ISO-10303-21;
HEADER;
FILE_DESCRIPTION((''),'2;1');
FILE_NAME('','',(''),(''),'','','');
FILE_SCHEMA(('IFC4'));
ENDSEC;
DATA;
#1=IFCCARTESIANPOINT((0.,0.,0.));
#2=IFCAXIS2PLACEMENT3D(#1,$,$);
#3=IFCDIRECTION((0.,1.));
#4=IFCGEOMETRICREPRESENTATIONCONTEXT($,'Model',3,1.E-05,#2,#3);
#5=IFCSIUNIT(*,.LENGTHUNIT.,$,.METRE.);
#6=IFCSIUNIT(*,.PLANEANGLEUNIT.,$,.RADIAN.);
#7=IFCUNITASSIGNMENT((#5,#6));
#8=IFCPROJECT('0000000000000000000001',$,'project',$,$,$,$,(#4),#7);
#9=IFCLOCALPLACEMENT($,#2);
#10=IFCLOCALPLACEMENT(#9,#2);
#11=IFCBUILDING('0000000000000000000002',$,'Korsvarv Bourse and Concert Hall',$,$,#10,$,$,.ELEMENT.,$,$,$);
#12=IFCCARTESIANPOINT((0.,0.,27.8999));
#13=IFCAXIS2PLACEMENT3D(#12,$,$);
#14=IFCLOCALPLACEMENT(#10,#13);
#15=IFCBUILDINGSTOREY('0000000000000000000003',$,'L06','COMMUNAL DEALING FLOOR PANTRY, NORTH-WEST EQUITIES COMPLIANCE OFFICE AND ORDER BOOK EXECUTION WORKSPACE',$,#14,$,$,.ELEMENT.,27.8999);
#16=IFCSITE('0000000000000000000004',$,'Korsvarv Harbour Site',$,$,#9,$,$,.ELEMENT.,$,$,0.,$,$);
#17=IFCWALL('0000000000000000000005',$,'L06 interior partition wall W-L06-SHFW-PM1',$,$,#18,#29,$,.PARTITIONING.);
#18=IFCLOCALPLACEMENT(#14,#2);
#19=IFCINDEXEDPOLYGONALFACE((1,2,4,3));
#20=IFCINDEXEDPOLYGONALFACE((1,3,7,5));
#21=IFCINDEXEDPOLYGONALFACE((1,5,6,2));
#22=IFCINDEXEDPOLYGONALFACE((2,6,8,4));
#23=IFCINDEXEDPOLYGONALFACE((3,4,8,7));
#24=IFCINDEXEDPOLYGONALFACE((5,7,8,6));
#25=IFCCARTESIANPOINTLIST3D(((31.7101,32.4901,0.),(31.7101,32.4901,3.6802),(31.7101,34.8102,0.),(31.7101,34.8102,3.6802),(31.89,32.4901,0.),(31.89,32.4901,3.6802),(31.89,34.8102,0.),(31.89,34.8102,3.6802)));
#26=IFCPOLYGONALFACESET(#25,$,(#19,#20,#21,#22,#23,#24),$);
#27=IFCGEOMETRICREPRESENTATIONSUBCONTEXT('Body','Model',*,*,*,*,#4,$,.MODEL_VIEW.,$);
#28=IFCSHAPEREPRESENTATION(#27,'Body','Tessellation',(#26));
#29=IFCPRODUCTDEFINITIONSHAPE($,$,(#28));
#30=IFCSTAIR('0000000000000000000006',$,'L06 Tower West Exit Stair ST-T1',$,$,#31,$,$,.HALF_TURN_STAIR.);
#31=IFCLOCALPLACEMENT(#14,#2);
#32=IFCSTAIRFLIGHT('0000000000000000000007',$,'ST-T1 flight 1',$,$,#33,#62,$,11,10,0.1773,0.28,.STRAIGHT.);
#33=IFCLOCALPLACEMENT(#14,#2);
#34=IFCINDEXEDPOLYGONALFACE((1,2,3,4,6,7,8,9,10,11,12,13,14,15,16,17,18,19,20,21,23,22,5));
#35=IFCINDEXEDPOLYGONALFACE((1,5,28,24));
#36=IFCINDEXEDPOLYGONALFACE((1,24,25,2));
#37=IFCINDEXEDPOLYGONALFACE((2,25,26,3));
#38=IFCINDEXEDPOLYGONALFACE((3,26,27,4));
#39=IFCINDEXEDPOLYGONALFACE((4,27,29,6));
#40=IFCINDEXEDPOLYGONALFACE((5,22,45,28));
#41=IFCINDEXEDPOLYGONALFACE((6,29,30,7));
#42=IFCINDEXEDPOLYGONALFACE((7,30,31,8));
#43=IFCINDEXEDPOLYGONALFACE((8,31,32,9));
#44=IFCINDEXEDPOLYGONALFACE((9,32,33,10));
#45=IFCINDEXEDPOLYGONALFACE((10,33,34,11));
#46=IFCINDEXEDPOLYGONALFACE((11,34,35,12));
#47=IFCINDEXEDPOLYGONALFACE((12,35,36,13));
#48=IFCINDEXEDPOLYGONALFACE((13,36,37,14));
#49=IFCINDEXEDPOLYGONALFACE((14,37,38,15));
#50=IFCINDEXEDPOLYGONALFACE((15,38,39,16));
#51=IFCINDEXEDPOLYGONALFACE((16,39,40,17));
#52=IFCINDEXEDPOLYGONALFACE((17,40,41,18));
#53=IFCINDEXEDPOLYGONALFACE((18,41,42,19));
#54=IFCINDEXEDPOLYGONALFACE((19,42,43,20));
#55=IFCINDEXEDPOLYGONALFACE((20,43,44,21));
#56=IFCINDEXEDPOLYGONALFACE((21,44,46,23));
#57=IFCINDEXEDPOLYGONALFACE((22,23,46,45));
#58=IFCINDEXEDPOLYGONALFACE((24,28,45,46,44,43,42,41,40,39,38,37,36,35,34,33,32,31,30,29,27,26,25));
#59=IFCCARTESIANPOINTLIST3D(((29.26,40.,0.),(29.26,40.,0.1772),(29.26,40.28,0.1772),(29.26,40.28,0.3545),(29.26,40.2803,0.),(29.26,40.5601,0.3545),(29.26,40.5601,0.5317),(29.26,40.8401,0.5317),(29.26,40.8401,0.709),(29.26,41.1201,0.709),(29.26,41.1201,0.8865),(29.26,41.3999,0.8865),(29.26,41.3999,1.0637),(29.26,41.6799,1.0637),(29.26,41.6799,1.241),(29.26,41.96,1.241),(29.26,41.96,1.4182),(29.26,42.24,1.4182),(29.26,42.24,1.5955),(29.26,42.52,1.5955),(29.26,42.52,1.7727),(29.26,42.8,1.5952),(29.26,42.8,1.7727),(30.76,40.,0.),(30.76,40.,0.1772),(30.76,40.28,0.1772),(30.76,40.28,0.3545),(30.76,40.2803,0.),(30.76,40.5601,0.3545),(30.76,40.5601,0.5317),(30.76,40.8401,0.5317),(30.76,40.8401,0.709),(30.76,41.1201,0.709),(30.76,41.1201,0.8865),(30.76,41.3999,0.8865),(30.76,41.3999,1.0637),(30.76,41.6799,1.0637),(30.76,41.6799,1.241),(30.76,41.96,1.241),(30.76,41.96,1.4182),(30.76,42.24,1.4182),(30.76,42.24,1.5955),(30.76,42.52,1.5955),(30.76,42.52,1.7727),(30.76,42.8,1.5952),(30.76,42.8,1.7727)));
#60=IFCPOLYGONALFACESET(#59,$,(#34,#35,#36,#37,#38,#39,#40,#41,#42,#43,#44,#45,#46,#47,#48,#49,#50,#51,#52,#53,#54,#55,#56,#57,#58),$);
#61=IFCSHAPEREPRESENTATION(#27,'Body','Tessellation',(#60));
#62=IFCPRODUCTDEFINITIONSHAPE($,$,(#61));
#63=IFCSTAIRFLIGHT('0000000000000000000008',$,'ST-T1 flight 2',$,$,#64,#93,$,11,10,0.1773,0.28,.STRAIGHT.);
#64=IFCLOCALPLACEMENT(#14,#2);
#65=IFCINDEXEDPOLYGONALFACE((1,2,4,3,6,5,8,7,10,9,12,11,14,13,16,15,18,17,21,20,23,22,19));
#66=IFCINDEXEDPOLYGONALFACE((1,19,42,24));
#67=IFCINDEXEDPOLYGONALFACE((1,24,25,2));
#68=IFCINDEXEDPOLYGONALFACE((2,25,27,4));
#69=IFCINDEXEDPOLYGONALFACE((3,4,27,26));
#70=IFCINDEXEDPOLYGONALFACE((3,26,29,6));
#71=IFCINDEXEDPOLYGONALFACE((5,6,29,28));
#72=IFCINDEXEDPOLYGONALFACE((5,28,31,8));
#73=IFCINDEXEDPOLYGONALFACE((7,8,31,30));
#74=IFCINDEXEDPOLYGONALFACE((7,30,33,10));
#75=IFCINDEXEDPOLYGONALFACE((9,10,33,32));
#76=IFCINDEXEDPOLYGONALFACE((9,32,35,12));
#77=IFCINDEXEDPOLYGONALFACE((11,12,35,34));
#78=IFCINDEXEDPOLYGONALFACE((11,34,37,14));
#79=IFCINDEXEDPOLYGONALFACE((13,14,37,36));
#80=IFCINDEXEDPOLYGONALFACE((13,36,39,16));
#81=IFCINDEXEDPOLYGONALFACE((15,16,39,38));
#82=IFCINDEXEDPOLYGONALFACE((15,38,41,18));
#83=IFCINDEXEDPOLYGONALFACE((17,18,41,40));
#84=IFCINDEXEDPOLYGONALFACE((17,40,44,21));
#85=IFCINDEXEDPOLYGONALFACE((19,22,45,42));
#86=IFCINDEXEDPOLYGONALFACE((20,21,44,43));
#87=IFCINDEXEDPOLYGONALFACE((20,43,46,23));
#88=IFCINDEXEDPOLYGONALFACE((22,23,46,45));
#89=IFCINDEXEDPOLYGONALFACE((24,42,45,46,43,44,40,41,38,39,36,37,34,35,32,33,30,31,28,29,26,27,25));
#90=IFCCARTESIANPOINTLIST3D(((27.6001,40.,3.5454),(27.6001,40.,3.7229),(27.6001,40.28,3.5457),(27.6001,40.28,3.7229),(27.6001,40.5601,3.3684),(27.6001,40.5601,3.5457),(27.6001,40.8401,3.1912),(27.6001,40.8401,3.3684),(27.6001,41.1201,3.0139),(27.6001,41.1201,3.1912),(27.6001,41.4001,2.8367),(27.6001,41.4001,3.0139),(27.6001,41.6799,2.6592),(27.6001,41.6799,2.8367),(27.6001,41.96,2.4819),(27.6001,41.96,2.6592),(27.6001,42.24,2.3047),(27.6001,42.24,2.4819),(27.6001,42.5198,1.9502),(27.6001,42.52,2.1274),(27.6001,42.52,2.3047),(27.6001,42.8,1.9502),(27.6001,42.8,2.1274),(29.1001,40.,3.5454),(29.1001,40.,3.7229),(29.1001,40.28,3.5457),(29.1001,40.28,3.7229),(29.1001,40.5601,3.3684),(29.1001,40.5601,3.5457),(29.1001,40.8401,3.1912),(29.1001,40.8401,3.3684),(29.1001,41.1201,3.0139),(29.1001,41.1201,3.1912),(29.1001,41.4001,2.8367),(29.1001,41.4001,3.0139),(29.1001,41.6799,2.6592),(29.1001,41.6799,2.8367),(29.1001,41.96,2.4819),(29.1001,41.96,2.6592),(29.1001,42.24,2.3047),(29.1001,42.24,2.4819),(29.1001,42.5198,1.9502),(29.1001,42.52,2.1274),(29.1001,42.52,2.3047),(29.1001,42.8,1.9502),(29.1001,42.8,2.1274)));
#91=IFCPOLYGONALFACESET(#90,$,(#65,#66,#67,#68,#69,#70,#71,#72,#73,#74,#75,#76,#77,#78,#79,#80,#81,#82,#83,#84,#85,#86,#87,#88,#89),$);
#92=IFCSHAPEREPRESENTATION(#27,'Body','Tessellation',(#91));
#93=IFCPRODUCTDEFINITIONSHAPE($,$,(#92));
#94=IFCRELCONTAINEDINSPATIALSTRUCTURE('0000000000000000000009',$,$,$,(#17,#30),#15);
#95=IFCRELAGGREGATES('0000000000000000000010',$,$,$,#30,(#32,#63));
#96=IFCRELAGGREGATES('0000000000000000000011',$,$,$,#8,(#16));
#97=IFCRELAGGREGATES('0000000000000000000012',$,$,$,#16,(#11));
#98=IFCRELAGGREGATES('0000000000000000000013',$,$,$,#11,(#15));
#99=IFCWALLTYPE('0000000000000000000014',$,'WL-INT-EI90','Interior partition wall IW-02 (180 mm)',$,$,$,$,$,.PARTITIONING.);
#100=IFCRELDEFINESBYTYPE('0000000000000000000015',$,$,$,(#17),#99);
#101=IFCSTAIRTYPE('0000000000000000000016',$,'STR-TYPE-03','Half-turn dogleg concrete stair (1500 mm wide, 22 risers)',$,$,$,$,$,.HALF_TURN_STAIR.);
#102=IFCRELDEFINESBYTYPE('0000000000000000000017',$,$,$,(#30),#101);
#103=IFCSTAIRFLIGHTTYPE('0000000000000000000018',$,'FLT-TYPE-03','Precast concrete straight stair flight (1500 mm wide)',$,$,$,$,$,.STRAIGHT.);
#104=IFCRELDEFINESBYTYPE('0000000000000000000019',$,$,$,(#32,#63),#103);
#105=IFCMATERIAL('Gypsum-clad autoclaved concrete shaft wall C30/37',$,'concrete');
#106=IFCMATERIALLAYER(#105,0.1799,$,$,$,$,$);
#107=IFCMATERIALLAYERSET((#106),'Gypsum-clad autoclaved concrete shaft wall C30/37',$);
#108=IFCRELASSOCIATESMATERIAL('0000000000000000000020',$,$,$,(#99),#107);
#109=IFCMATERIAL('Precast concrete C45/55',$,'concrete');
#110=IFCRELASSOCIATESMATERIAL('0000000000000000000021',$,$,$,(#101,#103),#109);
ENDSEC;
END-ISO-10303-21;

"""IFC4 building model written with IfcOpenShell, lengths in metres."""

from ifc_helpers import new_model, si_unit, direction, frame, frame_2d, origin, place, context, subcontext, project, spatial, polyline, rectangle, outline, extrude, material, layer, layer_set, type_object, element, aggregate, save


model = new_model("IFC4")

# Units and contexts
model_context = context("Model", 3, precision=1e-05, world=origin(), true_north=direction((0.0, 1.0)))
body_context = subcontext(model_context, "Body", "Model", "MODEL_VIEW")
ifc_project = project(units=[si_unit("LENGTHUNIT", "METRE"), si_unit("PLANEANGLEUNIT", "RADIAN")], contexts=[model_context])

# Site, building, storey
site_placement = place(None, origin())
site = spatial("IfcSite", under=ifc_project, at=site_placement, Name="Korsvarv Harbour Site", CompositionType="ELEMENT", RefElevation=0.0)
building_placement = place(site_placement, origin())
building = spatial("IfcBuilding", under=site, at=building_placement, Name="Korsvarv Bourse and Concert Hall", CompositionType="ELEMENT")
storey_placement = place(building_placement, frame((0.0, 0.0, 27.8999)))
storey = spatial("IfcBuildingStorey", under=building, at=storey_placement, Name="L06", Description="COMMUNAL DEALING FLOOR PANTRY, NORTH-WEST EQUITIES COMPLIANCE OFFICE AND ORDER BOOK EXECUTION WORKSPACE", CompositionType="ELEMENT", Elevation=27.8999)

# Shared definitions
ifc_material_1 = material(Name="Gypsum-clad autoclaved concrete shaft wall C30/37", Category="concrete")
ifc_layer_1 = layer(ifc_material_1, 0.1799)
ifc_layer_set_1 = layer_set([ifc_layer_1], Name="Gypsum-clad autoclaved concrete shaft wall C30/37")
wall_type_1 = type_object("IfcWallType", Name="WL-INT-EI90", Description="Interior partition wall IW-02 (180 mm)", PredefinedType="PARTITIONING", material=ifc_layer_set_1)

# Wall
wall_1_placement = place(storey_placement, frame((31.8, 32.49, 0.0), z_axis=(0.0, 0.0, 1.0), x_axis=(0.0, 1.0, 0.0)))
element("IfcWall", 1, at=wall_1_placement, inside=storey, type_object=wall_type_1, Name="L06 interior partition wall W-L06-SHFW-PM1", PredefinedType="PARTITIONING", context=body_context, shape_type="SweptSolid", body=[
    extrude(rectangle(XDim=2.3201, YDim=0.1799, at=frame_2d((1.1602, 0.0))), origin(), (0.0, 0.0, 1.0), 3.6802),
])

# Stair, stair flights
ifc_material_2 = material(Name="Precast concrete C45/55", Category="concrete")
stair_type = type_object("IfcStairType", Name="STR-TYPE-03", Description="Half-turn dogleg concrete stair (1500 mm wide, 22 risers)", PredefinedType="HALF_TURN_STAIR", material=ifc_material_2)
stair_placement = place(storey_placement, origin())
stair = element("IfcStair", 2, at=stair_placement, inside=storey, type_object=stair_type, Name="L06 Tower West Exit Stair ST-T1", PredefinedType="HALF_TURN_STAIR")
stair_flight_type = type_object("IfcStairFlightType", Name="FLT-TYPE-03", Description="Precast concrete straight stair flight (1500 mm wide)", PredefinedType="STRAIGHT", material=ifc_material_2)
stair_flight_1_placement = place(storey_placement, frame((30.01, 40.0, 0.0), z_axis=(0.0, 0.0, 1.0), x_axis=(0.0, 1.0, 0.0)))
stair_flight_1 = element("IfcStairFlight", 3, at=stair_flight_1_placement, type_object=stair_flight_type, Name="ST-T1 flight 1", NumberOfRisers=11, NumberOfTreads=10, PredefinedType="STRAIGHT", RiserHeight=0.1773, TreadLength=0.28, context=body_context, shape_type="SweptSolid", body=[
    extrude(outline(polyline([(0.0, 0.0), (0.0, 0.1772), (0.28, 0.1772), (0.28, 0.3545), (0.5601, 0.3545), (0.5601, 0.5317), (0.8401, 0.5317), (0.8401, 0.709), (1.1201, 0.709), (1.1201, 0.8865), (1.3999, 0.8865), (1.3999, 1.0637), (1.6799, 1.0637), (1.6799, 1.241), (1.96, 1.241), (1.96, 1.4182), (2.24, 1.4182), (2.24, 1.5955), (2.52, 1.5955), (2.52, 1.7727), (2.8, 1.7727), (2.8, 1.95), (2.8, 1.5952), (0.2803, 0.0), (0.0, 0.0)])), frame((0.0, 0.75, 0.0), z_axis=(0.0, -1.0, 0.0), x_axis=(1.0, 0.0, 0.0)), (0.0, 0.0, 1.0), 1.5),
])
stair_flight_2_placement = place(storey_placement, frame((28.3501, 42.8, 1.9502), z_axis=(0.0, 0.0, 1.0), x_axis=(0.0, -1.0, 0.0)))
stair_flight_2 = element("IfcStairFlight", 4, at=stair_flight_2_placement, type_object=stair_flight_type, Name="ST-T1 flight 2", NumberOfRisers=11, NumberOfTreads=10, PredefinedType="STRAIGHT", RiserHeight=0.1773, TreadLength=0.28, context=body_context, shape_type="SweptSolid", body=[
    extrude(outline(polyline([(0.0, 0.0), (0.0, 0.1772), (0.28, 0.1772), (0.28, 0.3545), (0.5601, 0.3545), (0.5601, 0.5317), (0.8401, 0.5317), (0.8401, 0.709), (1.1201, 0.709), (1.1201, 0.8865), (1.3999, 0.8865), (1.3999, 1.0637), (1.6799, 1.0637), (1.6799, 1.241), (1.96, 1.241), (1.96, 1.4182), (2.24, 1.4182), (2.24, 1.5955), (2.52, 1.5955), (2.52, 1.7727), (2.8, 1.7727), (2.8, 1.95), (2.8, 1.5952), (0.2803, 0.0), (0.0, 0.0)])), frame((0.0, 0.75, 0.0), z_axis=(0.0, -1.0, 0.0), x_axis=(1.0, 0.0, 0.0)), (0.0, 0.0, 1.0), 1.5),
])
aggregate(stair, [stair_flight_1, stair_flight_2])

save(model, "model.ifc")
